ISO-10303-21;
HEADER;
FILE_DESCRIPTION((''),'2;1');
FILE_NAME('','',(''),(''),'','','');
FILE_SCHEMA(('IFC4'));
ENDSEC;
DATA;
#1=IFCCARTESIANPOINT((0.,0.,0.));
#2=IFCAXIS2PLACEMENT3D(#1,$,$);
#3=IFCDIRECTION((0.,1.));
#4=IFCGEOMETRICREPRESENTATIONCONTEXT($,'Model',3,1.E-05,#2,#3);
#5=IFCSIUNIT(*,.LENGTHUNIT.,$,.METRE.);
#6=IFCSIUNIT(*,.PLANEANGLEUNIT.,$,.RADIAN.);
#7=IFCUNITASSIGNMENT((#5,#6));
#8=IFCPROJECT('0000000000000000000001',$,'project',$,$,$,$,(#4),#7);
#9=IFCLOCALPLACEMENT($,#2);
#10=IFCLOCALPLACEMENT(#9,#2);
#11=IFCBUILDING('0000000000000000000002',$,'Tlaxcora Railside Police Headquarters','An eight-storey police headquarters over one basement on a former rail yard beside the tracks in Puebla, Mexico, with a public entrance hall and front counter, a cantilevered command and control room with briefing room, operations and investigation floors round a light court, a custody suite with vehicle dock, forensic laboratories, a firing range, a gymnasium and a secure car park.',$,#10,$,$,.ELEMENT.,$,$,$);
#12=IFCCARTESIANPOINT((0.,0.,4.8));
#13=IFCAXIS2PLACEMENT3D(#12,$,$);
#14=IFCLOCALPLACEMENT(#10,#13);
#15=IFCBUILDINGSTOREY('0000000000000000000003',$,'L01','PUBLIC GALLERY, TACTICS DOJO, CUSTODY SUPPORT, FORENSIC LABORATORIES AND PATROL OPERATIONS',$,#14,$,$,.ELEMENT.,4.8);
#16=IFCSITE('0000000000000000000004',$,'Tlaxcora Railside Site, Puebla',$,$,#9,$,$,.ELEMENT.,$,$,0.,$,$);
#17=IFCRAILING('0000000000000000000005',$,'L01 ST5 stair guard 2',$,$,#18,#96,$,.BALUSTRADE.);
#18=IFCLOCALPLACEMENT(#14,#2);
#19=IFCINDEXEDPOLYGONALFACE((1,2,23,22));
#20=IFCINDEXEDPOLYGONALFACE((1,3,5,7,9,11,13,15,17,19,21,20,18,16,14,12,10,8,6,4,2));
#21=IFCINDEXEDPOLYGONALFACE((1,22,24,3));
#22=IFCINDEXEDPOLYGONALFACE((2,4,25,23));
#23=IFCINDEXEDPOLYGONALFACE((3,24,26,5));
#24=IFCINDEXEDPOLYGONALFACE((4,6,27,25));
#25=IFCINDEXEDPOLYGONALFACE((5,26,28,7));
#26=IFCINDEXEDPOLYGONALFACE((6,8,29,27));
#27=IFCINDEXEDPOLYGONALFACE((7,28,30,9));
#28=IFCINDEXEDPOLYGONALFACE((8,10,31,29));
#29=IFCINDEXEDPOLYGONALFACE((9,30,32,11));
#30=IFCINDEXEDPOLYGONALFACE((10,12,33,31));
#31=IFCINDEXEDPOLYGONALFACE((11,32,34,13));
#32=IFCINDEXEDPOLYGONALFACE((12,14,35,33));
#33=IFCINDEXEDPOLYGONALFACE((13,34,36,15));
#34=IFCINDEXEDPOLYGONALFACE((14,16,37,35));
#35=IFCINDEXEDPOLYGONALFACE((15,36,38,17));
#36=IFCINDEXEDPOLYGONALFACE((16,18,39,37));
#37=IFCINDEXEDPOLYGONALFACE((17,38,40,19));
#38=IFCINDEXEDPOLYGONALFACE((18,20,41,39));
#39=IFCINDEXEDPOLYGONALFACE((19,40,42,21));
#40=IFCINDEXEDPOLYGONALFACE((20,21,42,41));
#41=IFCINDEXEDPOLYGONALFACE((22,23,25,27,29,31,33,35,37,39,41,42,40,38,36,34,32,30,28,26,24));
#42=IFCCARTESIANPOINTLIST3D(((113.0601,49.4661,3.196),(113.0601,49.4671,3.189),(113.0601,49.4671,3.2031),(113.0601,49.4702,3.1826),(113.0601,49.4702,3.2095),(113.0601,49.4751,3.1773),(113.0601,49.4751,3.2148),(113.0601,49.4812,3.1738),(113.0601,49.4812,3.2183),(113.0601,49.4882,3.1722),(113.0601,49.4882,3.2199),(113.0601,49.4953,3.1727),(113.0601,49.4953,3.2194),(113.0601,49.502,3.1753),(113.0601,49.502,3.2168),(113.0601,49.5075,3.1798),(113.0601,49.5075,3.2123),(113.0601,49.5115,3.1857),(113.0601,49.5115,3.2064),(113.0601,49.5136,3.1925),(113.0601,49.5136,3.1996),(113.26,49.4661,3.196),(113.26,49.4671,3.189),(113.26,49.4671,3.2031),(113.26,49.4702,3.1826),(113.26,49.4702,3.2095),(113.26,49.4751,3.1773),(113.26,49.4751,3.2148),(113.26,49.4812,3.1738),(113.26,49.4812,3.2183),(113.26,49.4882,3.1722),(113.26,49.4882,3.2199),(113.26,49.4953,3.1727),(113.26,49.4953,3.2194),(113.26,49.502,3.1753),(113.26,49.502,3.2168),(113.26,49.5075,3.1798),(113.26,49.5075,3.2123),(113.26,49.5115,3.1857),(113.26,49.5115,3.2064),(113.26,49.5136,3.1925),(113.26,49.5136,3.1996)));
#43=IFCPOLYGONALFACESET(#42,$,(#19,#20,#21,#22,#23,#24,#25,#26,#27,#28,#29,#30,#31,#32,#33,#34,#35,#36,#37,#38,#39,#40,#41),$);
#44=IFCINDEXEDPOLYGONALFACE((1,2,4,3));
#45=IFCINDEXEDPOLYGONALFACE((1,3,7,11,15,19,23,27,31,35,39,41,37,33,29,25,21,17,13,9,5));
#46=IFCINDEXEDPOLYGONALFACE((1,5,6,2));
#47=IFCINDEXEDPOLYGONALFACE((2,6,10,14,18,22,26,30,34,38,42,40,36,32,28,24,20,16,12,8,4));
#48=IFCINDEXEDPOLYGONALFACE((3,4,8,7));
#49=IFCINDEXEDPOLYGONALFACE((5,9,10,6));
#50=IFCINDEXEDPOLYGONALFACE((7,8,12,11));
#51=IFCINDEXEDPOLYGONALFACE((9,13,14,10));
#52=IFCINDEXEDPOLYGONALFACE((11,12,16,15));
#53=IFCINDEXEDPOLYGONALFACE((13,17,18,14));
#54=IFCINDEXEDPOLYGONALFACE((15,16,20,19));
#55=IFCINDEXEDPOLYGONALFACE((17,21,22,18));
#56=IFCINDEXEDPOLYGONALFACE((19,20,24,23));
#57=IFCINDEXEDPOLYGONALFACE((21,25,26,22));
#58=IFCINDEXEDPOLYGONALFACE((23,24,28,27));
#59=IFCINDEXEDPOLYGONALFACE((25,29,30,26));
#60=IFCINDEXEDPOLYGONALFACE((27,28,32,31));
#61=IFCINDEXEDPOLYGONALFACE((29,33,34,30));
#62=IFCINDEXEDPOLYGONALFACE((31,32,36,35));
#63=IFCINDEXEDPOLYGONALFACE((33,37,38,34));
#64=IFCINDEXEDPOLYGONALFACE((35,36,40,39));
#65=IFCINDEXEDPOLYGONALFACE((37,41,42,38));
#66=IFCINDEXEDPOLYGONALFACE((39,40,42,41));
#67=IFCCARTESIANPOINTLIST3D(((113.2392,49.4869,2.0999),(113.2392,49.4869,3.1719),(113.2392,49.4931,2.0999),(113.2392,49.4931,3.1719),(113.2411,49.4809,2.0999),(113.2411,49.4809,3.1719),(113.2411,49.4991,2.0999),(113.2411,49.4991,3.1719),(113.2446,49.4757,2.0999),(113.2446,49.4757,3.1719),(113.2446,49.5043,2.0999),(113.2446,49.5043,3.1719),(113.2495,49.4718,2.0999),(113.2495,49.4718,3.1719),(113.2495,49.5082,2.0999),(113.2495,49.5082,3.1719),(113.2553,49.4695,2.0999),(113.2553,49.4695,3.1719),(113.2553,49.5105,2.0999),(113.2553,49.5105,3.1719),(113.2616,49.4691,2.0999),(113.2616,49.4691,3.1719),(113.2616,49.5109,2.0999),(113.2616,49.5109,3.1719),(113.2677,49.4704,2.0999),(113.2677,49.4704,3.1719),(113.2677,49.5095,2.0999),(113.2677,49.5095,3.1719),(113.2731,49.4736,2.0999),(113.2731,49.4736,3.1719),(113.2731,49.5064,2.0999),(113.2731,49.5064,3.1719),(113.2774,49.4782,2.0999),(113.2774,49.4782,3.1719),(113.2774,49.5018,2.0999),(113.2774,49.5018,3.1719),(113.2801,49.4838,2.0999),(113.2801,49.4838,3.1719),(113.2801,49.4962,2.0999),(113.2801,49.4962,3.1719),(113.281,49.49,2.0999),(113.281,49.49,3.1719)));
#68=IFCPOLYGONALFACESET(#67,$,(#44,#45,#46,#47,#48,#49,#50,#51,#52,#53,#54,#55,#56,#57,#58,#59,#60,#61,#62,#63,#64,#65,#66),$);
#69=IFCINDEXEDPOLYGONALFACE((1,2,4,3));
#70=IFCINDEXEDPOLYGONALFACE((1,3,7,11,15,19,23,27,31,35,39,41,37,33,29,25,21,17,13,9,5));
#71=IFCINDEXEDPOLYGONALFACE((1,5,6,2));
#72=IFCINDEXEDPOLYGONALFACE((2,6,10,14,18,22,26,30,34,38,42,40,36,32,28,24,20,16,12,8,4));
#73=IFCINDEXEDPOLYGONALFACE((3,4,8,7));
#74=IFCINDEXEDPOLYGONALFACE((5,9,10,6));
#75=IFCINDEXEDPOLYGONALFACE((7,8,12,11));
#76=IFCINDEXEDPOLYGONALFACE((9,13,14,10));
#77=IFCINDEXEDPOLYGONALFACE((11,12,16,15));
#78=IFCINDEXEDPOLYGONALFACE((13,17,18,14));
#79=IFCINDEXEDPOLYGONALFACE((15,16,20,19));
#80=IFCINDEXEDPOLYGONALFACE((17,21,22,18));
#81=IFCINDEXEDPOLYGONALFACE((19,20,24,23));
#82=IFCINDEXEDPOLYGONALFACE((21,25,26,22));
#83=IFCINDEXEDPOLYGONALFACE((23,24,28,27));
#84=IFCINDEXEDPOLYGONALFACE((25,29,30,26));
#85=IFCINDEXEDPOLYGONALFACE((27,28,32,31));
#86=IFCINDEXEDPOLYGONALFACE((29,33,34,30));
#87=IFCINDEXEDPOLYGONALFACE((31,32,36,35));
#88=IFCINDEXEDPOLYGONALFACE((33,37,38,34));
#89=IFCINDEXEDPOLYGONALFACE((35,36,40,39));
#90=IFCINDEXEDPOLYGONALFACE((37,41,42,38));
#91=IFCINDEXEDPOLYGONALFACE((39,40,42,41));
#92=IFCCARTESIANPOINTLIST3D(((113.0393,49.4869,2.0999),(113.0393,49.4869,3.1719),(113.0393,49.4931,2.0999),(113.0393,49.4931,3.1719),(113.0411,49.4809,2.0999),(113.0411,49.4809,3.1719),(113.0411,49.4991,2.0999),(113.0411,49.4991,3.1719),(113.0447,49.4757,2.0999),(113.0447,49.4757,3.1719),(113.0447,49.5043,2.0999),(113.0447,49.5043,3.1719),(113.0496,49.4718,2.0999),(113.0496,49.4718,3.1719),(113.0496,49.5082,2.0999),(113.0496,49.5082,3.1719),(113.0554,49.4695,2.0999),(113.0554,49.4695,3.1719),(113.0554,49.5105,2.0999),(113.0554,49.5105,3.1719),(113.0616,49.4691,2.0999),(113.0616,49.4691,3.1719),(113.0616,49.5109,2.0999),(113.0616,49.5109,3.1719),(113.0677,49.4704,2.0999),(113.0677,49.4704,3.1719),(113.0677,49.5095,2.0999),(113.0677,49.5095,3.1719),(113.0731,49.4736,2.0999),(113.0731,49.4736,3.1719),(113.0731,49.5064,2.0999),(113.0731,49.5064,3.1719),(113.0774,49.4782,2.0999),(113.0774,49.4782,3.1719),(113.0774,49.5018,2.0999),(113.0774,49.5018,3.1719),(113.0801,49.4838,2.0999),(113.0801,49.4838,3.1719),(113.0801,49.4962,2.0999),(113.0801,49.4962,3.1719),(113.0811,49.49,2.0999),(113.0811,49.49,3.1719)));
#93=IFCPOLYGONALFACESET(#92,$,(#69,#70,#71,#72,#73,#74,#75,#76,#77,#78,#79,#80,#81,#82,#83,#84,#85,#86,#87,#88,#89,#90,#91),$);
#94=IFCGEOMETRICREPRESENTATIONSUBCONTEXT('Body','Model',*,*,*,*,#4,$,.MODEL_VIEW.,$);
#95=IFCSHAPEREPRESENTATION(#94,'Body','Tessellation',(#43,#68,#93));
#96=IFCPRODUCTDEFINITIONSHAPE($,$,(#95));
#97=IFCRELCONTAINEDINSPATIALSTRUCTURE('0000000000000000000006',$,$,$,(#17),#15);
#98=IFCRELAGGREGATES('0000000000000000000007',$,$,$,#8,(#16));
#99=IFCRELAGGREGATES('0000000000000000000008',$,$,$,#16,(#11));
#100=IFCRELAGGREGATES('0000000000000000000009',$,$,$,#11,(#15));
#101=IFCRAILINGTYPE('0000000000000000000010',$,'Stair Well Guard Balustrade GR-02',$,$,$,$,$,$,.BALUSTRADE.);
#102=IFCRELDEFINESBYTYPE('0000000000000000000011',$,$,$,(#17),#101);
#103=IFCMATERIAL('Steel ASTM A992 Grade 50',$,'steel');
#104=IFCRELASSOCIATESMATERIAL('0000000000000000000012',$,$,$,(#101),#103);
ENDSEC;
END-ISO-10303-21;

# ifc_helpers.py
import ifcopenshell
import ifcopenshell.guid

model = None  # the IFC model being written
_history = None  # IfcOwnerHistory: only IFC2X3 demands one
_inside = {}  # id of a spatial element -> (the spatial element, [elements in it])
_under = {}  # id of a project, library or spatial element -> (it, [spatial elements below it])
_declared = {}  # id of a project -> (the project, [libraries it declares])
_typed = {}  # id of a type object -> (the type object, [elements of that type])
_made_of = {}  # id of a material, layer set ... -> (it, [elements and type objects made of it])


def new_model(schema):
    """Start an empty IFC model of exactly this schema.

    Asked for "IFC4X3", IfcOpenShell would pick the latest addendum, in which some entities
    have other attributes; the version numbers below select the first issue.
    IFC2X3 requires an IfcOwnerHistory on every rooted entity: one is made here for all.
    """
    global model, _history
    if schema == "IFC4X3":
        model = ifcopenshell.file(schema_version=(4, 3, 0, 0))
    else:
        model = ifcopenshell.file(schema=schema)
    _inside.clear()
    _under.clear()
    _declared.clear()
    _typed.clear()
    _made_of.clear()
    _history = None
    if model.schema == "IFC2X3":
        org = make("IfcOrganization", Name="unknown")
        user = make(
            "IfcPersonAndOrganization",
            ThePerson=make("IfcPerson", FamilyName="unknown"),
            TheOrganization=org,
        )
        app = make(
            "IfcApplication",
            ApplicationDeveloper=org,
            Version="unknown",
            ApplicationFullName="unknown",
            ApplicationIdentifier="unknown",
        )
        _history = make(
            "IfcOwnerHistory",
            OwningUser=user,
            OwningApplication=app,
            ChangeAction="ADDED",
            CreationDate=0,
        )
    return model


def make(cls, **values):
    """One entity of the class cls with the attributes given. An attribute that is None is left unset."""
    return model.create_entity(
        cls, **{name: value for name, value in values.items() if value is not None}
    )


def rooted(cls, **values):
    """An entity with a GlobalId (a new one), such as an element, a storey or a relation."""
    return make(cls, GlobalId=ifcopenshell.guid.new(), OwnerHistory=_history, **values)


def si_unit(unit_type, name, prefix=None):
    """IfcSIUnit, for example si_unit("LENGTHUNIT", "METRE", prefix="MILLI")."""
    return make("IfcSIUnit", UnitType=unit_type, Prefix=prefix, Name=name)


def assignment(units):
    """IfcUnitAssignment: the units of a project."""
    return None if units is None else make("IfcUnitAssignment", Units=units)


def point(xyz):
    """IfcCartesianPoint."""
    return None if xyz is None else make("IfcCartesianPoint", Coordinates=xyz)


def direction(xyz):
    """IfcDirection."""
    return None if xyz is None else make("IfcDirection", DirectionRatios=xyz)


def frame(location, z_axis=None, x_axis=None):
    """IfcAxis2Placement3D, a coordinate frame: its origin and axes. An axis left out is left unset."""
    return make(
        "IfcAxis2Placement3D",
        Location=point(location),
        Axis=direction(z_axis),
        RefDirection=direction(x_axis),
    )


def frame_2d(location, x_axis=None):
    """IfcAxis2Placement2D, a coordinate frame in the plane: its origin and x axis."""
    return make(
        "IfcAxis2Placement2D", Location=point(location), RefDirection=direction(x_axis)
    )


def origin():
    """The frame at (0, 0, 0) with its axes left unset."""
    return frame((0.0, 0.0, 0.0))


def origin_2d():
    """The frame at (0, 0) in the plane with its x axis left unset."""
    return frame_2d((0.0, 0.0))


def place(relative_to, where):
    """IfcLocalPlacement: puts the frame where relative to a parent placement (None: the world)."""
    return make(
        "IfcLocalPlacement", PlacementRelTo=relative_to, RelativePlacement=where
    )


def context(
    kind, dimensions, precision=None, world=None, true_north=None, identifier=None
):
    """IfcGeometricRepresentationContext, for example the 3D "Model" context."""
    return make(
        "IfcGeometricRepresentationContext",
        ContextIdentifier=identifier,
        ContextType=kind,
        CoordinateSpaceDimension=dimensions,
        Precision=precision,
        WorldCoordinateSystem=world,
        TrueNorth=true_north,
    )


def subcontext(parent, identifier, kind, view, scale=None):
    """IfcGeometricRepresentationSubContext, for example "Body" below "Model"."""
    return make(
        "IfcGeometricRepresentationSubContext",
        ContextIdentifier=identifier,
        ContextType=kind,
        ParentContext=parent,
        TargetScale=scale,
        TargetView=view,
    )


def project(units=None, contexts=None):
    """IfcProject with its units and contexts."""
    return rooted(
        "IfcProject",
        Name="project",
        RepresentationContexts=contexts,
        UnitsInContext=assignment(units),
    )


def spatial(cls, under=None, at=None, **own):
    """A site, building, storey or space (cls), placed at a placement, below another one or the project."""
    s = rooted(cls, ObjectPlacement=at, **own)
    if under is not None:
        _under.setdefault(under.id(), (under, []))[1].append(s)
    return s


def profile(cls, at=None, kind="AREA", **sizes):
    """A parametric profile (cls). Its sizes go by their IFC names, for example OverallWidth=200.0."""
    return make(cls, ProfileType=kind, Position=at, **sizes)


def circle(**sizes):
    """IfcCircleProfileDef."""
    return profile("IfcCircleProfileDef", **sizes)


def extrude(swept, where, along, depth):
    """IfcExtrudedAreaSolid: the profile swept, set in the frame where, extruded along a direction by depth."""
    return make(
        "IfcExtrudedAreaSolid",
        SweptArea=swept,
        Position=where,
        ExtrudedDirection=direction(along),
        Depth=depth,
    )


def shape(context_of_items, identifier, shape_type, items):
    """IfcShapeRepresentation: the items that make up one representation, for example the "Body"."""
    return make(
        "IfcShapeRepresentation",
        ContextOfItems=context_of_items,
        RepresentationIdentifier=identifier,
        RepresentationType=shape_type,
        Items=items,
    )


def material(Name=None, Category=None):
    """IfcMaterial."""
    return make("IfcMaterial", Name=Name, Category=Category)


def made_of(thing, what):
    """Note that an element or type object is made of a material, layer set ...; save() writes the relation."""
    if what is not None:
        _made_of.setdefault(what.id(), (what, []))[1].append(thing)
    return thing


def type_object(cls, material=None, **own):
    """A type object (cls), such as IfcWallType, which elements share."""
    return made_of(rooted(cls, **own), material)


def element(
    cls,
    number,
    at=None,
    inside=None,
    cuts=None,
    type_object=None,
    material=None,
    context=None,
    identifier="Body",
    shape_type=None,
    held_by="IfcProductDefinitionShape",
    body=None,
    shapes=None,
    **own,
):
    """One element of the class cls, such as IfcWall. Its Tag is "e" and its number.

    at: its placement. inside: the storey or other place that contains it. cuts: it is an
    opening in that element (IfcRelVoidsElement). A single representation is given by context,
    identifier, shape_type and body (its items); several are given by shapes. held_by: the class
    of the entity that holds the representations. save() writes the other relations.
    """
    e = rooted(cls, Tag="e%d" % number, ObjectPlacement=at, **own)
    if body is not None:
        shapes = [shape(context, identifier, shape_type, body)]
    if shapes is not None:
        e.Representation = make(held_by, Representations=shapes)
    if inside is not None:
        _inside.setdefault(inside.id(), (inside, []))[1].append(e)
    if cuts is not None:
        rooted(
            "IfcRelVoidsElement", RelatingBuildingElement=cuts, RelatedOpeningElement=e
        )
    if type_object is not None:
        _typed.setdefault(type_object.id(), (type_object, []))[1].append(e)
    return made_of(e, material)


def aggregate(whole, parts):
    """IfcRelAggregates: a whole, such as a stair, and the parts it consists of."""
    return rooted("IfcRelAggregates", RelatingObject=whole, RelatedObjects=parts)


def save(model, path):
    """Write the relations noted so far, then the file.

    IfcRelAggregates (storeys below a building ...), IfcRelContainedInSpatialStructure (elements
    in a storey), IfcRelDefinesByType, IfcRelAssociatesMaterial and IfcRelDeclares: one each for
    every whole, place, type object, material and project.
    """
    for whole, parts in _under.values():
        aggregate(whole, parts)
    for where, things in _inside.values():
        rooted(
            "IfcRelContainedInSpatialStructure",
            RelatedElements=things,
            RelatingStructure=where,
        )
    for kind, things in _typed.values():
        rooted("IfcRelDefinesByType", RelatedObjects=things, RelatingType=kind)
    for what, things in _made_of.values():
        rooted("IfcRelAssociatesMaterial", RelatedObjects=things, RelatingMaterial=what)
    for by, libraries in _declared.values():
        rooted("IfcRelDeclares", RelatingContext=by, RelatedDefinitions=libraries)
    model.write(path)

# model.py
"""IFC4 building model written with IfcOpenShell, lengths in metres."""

from ifc_helpers import new_model, si_unit, direction, frame, origin, origin_2d, place, context, subcontext, project, spatial, circle, extrude, material, type_object, element, save


model = new_model("IFC4")

# Units and contexts
model_context = context("Model", 3, precision=1e-05, world=origin(), true_north=direction((0.0, 1.0)))
body_context = subcontext(model_context, "Body", "Model", "MODEL_VIEW")
ifc_project = project(units=[si_unit("LENGTHUNIT", "METRE"), si_unit("PLANEANGLEUNIT", "RADIAN")], contexts=[model_context])

# Site, building, storey
site_placement = place(None, origin())
site = spatial("IfcSite", under=ifc_project, at=site_placement, Name="Tlaxcora Railside Site, Puebla", CompositionType="ELEMENT", RefElevation=0.0)
building_placement = place(site_placement, origin())
building = spatial("IfcBuilding", under=site, at=building_placement, Name="Tlaxcora Railside Police Headquarters", Description="An eight-storey police headquarters over one basement on a former rail yard beside the tracks in Puebla, Mexico, with a public entrance hall and front counter, a cantilevered command and control room with briefing room, operations and investigation floors round a light court, a custody suite with vehicle dock, forensic laboratories, a firing range, a gymnasium and a secure car park.", CompositionType="ELEMENT")
storey_placement = place(building_placement, frame((0.0, 0.0, 4.8)))
storey = spatial("IfcBuildingStorey", under=building, at=storey_placement, Name="L01", Description="PUBLIC GALLERY, TACTICS DOJO, CUSTODY SUPPORT, FORENSIC LABORATORIES AND PATROL OPERATIONS", CompositionType="ELEMENT", Elevation=4.8)

# Shared definitions
ifc_material_1 = material(Name="Steel ASTM A992 Grade 50", Category="steel")

# Railing
railing_type_1 = type_object("IfcRailingType", Name="Stair Well Guard Balustrade GR-02", PredefinedType="BALUSTRADE", material=ifc_material_1)
railing_1_placement = place(storey_placement, frame((113.26, 49.49, 2.0999)))
element("IfcRailing", 1, at=railing_1_placement, inside=storey, type_object=railing_type_1, Name="L01 ST5 stair guard 2", PredefinedType="BALUSTRADE", context=body_context, shape_type="SweptSolid", body=[
    extrude(circle(Radius=0.0239, at=origin_2d()), frame((0.0, 0.0, 1.0962), z_axis=(-1.0, 0.0, 0.0), x_axis=(0.0, -1.0, 0.0)), (0.0, 0.0, 1.0), 0.2),
    extrude(circle(Radius=0.021, at=origin_2d()), origin(), (0.0, 0.0, 1.0), 1.072),
    extrude(circle(Radius=0.021, at=origin_2d()), frame((-0.2, 0.0, 0.0)), (0.0, 0.0, 1.0), 1.072),
])

save(model, "model.ifc")
